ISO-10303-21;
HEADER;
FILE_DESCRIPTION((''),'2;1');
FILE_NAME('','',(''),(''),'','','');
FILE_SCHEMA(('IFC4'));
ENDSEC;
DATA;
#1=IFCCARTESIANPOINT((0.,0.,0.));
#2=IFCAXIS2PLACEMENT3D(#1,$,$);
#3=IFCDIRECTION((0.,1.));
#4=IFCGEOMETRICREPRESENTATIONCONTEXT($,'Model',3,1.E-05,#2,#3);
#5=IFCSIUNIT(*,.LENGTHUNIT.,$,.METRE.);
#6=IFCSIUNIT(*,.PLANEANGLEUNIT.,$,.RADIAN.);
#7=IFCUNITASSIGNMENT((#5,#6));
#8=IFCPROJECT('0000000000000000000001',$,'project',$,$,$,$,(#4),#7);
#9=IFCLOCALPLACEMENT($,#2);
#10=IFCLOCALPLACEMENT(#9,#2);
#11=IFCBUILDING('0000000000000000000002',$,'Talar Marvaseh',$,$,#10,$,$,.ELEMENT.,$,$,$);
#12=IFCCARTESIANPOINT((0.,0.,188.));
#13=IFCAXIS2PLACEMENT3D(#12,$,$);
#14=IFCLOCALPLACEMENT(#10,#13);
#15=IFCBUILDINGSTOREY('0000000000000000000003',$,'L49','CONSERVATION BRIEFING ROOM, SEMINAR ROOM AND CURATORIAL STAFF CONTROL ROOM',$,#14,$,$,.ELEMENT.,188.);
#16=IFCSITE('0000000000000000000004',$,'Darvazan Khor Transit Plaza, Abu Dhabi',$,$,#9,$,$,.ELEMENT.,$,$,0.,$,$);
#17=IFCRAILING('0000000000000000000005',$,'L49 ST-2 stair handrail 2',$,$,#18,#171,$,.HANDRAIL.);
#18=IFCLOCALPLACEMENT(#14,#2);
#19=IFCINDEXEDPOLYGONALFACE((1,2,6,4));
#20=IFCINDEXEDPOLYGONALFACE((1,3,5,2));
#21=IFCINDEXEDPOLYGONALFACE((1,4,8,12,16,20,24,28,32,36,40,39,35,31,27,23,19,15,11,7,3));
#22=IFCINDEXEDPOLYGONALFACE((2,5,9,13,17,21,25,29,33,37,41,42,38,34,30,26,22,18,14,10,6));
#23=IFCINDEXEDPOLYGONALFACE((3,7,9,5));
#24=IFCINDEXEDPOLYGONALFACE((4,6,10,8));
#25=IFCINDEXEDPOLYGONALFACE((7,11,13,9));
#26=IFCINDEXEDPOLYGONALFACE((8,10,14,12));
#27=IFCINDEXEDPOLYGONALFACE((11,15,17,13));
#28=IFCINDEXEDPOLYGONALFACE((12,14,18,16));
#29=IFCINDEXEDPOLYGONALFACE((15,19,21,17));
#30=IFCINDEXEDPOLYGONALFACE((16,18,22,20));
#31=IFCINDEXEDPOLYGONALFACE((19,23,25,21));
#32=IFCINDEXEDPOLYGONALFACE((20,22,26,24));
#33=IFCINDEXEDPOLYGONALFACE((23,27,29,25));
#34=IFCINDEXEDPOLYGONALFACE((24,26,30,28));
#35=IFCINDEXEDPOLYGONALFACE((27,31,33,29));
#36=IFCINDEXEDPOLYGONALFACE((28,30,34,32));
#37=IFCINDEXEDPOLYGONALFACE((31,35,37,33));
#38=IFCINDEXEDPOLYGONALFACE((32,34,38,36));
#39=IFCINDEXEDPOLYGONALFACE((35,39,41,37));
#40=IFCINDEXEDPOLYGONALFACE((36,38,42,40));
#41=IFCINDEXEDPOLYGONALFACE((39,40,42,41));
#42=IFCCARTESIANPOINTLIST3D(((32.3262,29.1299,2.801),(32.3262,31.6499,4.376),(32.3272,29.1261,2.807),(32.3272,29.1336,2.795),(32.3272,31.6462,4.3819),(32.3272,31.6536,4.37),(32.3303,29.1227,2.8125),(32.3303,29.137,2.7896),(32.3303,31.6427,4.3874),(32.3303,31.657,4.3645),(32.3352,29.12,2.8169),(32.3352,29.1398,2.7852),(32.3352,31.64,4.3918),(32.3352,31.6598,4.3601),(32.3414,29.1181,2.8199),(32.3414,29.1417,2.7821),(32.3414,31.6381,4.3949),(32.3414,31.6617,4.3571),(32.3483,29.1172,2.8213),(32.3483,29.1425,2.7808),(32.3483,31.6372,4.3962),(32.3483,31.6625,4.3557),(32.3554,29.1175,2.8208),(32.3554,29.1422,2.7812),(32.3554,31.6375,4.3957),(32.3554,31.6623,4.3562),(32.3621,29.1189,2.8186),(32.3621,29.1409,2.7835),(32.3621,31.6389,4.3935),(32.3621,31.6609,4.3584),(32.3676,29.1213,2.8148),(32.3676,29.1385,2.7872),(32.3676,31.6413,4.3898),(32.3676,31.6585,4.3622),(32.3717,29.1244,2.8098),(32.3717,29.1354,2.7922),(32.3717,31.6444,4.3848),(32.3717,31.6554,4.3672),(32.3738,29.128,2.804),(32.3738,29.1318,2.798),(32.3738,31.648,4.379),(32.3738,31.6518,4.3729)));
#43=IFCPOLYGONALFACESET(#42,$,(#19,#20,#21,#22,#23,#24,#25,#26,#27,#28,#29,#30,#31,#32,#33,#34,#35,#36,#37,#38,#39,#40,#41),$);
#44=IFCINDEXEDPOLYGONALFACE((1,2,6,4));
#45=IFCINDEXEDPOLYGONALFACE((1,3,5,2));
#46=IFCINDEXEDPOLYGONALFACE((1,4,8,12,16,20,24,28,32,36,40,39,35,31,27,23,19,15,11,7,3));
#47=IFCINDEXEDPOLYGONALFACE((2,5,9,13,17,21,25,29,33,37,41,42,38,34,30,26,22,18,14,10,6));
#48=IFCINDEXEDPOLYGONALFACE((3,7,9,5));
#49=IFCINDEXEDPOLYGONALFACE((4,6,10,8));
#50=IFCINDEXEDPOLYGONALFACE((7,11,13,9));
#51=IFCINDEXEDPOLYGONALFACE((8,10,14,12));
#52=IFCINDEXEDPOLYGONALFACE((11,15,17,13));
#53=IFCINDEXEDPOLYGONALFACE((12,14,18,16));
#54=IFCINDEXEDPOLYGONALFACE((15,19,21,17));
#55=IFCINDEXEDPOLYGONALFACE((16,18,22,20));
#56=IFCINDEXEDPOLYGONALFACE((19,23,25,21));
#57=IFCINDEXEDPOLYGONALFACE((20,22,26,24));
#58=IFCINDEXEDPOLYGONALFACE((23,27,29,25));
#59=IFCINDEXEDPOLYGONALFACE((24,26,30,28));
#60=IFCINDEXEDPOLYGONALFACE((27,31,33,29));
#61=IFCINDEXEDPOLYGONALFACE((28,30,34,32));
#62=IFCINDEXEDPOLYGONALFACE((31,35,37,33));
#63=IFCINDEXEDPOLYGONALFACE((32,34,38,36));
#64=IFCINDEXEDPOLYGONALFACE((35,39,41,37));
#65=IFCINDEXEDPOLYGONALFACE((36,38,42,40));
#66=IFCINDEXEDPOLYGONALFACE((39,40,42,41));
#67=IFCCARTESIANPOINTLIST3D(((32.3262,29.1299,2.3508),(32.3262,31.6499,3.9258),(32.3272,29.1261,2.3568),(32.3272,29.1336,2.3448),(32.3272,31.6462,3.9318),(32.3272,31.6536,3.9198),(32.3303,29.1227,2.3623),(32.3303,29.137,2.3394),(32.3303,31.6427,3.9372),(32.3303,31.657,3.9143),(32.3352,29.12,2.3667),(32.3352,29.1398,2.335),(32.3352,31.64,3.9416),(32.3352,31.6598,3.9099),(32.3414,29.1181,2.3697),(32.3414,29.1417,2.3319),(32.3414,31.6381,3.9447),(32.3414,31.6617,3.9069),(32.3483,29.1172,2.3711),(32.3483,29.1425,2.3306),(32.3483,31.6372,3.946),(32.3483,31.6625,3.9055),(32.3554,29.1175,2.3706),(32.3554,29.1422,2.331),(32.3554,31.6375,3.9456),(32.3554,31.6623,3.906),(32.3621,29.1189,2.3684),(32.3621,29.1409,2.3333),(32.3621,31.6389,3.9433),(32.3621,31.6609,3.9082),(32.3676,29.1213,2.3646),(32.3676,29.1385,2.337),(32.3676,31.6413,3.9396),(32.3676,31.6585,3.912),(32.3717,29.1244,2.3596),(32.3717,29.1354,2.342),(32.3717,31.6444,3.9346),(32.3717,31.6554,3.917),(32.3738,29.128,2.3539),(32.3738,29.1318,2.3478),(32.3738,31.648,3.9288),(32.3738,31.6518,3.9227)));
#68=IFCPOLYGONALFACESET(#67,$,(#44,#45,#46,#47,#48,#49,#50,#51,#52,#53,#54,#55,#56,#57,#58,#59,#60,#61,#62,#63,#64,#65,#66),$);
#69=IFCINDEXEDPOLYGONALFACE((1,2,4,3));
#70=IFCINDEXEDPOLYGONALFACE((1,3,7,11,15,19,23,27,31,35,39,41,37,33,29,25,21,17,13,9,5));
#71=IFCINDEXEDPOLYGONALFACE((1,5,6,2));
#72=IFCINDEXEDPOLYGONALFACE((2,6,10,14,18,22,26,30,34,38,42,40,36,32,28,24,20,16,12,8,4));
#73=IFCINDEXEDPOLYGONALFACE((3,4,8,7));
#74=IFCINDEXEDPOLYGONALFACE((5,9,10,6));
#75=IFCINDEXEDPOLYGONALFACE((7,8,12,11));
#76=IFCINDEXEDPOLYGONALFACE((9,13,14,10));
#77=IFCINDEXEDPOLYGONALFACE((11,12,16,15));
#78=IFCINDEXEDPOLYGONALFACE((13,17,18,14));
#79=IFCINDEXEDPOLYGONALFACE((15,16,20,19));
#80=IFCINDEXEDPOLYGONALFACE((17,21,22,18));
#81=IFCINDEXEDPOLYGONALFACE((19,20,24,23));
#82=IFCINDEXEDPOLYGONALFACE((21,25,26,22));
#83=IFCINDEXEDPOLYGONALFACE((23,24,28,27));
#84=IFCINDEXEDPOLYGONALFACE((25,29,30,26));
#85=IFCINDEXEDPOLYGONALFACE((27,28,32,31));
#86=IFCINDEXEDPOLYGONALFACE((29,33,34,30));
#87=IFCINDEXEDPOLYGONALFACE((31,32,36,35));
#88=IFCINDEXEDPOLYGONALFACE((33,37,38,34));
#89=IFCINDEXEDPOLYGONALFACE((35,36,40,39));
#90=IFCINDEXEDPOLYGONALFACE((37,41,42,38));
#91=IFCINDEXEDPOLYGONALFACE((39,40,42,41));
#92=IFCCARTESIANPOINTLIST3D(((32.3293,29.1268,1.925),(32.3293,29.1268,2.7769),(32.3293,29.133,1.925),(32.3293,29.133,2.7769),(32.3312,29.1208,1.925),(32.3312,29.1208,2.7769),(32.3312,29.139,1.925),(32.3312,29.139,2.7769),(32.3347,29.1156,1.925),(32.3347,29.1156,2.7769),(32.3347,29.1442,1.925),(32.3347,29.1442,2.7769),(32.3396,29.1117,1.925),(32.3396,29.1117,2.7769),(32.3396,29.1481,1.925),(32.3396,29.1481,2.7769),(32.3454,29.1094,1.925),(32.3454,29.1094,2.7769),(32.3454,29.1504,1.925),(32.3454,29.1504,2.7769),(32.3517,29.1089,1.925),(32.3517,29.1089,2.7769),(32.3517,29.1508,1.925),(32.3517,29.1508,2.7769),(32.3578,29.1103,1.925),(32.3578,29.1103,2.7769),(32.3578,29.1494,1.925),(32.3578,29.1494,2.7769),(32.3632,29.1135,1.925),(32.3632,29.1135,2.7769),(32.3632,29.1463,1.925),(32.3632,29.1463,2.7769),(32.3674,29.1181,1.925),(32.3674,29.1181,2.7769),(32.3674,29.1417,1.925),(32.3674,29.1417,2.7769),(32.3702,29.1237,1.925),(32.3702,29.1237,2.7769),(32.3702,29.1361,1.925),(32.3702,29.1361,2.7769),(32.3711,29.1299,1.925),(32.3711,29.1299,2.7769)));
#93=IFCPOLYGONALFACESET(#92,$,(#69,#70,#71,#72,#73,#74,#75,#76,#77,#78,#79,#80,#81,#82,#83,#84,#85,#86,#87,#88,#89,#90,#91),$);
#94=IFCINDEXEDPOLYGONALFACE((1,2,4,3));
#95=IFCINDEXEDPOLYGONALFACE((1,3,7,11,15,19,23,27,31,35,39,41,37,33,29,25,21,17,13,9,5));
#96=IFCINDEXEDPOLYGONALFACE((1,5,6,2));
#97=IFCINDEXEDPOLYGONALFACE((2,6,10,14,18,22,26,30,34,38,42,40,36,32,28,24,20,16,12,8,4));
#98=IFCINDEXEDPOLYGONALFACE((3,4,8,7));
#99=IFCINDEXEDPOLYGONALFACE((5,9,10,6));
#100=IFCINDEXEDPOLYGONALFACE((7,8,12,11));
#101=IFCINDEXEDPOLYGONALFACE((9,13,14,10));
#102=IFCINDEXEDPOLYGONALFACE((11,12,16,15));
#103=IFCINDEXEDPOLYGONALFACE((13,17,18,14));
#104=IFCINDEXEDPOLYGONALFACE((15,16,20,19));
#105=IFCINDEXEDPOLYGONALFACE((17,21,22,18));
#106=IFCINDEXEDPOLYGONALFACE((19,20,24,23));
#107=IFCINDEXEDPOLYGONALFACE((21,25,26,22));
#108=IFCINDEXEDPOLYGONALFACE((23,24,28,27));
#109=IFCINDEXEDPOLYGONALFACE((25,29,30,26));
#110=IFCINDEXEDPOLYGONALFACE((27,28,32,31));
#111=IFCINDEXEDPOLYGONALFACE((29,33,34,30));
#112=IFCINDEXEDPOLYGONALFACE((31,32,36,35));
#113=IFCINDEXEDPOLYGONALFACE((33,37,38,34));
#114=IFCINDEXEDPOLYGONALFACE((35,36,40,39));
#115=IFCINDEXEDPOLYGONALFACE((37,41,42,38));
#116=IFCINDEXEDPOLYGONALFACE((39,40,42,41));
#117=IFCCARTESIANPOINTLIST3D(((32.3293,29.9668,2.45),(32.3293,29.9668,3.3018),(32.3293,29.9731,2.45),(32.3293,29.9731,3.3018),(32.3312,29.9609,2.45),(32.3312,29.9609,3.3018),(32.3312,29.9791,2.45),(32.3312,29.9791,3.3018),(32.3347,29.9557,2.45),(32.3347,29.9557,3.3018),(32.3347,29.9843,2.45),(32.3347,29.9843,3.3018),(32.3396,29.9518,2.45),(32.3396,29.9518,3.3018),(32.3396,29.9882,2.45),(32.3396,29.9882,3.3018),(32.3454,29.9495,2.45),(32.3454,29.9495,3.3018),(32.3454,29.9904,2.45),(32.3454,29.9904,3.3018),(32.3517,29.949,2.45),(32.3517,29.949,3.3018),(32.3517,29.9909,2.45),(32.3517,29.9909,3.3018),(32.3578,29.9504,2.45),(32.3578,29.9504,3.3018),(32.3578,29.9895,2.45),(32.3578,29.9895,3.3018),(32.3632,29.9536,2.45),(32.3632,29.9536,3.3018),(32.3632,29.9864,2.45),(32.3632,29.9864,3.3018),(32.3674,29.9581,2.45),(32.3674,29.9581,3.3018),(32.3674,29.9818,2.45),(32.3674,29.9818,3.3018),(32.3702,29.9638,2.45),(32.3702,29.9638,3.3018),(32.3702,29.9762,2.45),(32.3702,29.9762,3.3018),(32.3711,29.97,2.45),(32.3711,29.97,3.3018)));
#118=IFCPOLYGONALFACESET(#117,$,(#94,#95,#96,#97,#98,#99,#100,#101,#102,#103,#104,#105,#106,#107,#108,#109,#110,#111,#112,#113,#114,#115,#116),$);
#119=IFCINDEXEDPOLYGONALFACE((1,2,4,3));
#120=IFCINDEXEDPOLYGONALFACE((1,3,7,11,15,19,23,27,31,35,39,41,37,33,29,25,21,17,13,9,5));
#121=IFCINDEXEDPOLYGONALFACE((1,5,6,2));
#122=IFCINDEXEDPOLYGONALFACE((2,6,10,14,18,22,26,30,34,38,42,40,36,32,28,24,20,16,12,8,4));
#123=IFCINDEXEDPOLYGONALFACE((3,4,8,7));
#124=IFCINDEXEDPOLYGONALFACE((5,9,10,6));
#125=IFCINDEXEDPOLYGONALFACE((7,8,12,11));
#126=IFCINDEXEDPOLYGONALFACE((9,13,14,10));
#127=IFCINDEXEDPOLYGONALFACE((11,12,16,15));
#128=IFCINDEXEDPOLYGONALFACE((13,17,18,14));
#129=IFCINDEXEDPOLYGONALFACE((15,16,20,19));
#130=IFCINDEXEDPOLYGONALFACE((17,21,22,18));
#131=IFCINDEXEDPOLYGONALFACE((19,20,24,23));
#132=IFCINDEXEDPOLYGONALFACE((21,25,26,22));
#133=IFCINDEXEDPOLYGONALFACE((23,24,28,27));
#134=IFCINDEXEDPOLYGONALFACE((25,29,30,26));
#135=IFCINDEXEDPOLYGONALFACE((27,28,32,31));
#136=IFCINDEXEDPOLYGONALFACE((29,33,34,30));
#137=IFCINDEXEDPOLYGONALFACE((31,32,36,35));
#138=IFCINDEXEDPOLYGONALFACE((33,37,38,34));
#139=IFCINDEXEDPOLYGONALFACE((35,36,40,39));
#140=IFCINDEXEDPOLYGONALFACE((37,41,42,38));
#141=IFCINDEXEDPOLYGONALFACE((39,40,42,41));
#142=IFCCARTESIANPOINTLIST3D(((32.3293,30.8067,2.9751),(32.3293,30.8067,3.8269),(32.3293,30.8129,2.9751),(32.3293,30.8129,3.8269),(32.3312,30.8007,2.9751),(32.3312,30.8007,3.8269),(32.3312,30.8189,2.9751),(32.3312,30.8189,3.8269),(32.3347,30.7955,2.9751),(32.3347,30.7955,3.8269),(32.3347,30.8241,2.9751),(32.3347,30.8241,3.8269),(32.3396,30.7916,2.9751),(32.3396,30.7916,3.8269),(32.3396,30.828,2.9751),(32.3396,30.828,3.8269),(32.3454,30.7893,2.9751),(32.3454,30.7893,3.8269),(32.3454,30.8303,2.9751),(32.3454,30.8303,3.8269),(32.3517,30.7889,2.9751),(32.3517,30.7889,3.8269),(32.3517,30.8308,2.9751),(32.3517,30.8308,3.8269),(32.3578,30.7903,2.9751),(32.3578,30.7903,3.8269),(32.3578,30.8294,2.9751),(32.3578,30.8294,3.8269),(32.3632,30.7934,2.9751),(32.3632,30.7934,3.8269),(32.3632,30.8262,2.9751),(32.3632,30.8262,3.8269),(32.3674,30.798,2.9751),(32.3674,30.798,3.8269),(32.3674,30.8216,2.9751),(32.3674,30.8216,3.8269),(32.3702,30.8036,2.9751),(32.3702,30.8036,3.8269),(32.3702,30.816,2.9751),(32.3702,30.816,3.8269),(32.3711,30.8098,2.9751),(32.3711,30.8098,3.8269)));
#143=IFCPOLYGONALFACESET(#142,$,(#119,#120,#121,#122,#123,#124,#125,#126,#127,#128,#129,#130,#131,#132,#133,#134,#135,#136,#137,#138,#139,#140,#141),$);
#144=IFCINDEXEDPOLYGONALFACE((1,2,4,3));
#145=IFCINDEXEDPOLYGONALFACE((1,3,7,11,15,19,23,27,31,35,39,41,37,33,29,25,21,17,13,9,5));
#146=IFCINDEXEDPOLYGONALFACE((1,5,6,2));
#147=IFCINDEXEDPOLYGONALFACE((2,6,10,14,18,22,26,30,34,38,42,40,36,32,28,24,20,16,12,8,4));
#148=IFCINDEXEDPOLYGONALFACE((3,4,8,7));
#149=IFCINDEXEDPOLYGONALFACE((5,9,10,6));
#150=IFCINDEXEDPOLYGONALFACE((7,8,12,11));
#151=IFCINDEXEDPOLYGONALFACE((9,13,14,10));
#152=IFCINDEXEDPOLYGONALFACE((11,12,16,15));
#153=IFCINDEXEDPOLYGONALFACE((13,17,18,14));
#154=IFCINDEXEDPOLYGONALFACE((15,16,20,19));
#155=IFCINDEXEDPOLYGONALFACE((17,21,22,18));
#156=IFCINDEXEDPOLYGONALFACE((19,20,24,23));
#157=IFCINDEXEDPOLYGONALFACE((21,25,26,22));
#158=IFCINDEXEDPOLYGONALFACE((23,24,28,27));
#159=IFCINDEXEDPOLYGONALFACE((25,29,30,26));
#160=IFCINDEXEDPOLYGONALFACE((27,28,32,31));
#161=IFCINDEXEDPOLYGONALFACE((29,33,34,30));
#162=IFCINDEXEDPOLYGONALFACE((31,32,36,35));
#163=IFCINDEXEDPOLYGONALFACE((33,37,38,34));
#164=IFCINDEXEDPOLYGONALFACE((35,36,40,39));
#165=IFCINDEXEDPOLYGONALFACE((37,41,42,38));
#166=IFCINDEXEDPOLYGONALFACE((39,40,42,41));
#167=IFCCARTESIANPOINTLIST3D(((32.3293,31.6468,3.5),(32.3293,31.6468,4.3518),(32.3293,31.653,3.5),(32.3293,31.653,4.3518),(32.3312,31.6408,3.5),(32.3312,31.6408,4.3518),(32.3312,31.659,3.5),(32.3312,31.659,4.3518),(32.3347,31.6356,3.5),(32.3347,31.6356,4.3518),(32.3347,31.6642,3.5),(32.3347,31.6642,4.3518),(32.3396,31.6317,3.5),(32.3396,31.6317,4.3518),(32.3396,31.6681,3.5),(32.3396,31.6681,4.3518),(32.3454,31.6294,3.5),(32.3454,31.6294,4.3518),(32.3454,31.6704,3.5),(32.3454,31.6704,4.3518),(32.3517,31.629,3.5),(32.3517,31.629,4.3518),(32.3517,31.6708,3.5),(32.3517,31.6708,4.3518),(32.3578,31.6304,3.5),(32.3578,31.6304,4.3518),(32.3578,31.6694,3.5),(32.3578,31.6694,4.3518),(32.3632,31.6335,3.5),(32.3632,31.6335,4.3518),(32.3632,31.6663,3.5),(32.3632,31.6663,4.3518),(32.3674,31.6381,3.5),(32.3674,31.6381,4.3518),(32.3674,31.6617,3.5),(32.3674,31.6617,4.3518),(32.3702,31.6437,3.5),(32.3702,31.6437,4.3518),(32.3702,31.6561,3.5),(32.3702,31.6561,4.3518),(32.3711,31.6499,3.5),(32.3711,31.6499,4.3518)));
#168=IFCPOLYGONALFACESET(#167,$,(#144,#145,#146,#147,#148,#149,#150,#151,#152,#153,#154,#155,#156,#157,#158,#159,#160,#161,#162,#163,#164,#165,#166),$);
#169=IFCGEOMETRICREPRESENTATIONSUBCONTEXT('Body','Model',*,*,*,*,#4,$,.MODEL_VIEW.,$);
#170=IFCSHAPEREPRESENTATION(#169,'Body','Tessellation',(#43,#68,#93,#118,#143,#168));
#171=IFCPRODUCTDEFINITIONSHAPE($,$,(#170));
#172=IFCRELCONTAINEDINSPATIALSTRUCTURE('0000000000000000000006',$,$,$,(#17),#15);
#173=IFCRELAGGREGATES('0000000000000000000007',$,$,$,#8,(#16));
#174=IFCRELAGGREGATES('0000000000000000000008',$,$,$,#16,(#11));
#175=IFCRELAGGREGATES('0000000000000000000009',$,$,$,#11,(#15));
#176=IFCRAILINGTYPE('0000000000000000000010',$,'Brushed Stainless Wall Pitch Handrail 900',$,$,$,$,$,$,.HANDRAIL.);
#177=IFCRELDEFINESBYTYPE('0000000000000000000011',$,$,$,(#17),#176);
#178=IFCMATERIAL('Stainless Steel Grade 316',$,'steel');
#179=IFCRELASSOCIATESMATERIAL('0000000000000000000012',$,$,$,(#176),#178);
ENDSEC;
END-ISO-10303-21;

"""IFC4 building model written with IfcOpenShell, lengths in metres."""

from ifc_helpers import new_model, si_unit, direction, frame, origin, origin_2d, place, context, subcontext, project, spatial, circle, extrude, material, type_object, element, save


model = new_model("IFC4")

# Units and contexts
model_context = context("Model", 3, precision=1e-05, world=origin(), true_north=direction((0.0, 1.0)))
body_context = subcontext(model_context, "Body", "Model", "MODEL_VIEW")
ifc_project = project(units=[si_unit("LENGTHUNIT", "METRE"), si_unit("PLANEANGLEUNIT", "RADIAN")], contexts=[model_context])

# Site, building, storey
site_placement = place(None, origin())
site = spatial("IfcSite", under=ifc_project, at=site_placement, Name="Darvazan Khor Transit Plaza, Abu Dhabi", CompositionType="ELEMENT", RefElevation=0.0)
building_placement = place(site_placement, origin())
building = spatial("IfcBuilding", under=site, at=building_placement, Name="Talar Marvaseh", CompositionType="ELEMENT")
storey_placement = place(building_placement, frame((0.0, 0.0, 188.0)))
storey = spatial("IfcBuildingStorey", under=building, at=storey_placement, Name="L49", Description="CONSERVATION BRIEFING ROOM, SEMINAR ROOM AND CURATORIAL STAFF CONTROL ROOM", CompositionType="ELEMENT", Elevation=188.0)

# Shared definitions
ifc_material_1 = material(Name="Stainless Steel Grade 316", Category="steel")

# Railing
railing_type_1 = type_object("IfcRailingType", Name="Brushed Stainless Wall Pitch Handrail 900", PredefinedType="HANDRAIL", material=ifc_material_1)
railing_1_placement = place(storey_placement, frame((32.3501, 29.1299, 1.925)))
element("IfcRailing", 1, at=railing_1_placement, inside=storey, type_object=railing_type_1, Name="L49 ST-2 stair handrail 2", PredefinedType="HANDRAIL", context=body_context, shape_type="SweptSolid", body=[
    extrude(circle(Radius=0.0239, at=origin_2d()), frame((0.0, 0.0, 0.876), z_axis=(0.0, 0.848008, 0.529984), x_axis=(-1.0, 0.0, 0.0)), (0.0, 0.0, 1.0), 2.9717),
    extrude(circle(Radius=0.0239, at=origin_2d()), frame((0.0, 0.0, 0.4258), z_axis=(0.0, 0.848008, 0.529984), x_axis=(-1.0, 0.0, 0.0)), (0.0, 0.0, 1.0), 2.9717),
    extrude(circle(Radius=0.021, at=origin_2d()), origin(), (0.0, 0.0, 1.0), 0.8518),
    extrude(circle(Radius=0.021, at=origin_2d()), frame((0.0, 0.8401, 0.5249)), (0.0, 0.0, 1.0), 0.8518),
    extrude(circle(Radius=0.021, at=origin_2d()), frame((0.0, 1.6799, 1.05)), (0.0, 0.0, 1.0), 0.8518),
    extrude(circle(Radius=0.021, at=origin_2d()), frame((0.0, 2.52, 1.575)), (0.0, 0.0, 1.0), 0.8518),
])

save(model, "model.ifc")
